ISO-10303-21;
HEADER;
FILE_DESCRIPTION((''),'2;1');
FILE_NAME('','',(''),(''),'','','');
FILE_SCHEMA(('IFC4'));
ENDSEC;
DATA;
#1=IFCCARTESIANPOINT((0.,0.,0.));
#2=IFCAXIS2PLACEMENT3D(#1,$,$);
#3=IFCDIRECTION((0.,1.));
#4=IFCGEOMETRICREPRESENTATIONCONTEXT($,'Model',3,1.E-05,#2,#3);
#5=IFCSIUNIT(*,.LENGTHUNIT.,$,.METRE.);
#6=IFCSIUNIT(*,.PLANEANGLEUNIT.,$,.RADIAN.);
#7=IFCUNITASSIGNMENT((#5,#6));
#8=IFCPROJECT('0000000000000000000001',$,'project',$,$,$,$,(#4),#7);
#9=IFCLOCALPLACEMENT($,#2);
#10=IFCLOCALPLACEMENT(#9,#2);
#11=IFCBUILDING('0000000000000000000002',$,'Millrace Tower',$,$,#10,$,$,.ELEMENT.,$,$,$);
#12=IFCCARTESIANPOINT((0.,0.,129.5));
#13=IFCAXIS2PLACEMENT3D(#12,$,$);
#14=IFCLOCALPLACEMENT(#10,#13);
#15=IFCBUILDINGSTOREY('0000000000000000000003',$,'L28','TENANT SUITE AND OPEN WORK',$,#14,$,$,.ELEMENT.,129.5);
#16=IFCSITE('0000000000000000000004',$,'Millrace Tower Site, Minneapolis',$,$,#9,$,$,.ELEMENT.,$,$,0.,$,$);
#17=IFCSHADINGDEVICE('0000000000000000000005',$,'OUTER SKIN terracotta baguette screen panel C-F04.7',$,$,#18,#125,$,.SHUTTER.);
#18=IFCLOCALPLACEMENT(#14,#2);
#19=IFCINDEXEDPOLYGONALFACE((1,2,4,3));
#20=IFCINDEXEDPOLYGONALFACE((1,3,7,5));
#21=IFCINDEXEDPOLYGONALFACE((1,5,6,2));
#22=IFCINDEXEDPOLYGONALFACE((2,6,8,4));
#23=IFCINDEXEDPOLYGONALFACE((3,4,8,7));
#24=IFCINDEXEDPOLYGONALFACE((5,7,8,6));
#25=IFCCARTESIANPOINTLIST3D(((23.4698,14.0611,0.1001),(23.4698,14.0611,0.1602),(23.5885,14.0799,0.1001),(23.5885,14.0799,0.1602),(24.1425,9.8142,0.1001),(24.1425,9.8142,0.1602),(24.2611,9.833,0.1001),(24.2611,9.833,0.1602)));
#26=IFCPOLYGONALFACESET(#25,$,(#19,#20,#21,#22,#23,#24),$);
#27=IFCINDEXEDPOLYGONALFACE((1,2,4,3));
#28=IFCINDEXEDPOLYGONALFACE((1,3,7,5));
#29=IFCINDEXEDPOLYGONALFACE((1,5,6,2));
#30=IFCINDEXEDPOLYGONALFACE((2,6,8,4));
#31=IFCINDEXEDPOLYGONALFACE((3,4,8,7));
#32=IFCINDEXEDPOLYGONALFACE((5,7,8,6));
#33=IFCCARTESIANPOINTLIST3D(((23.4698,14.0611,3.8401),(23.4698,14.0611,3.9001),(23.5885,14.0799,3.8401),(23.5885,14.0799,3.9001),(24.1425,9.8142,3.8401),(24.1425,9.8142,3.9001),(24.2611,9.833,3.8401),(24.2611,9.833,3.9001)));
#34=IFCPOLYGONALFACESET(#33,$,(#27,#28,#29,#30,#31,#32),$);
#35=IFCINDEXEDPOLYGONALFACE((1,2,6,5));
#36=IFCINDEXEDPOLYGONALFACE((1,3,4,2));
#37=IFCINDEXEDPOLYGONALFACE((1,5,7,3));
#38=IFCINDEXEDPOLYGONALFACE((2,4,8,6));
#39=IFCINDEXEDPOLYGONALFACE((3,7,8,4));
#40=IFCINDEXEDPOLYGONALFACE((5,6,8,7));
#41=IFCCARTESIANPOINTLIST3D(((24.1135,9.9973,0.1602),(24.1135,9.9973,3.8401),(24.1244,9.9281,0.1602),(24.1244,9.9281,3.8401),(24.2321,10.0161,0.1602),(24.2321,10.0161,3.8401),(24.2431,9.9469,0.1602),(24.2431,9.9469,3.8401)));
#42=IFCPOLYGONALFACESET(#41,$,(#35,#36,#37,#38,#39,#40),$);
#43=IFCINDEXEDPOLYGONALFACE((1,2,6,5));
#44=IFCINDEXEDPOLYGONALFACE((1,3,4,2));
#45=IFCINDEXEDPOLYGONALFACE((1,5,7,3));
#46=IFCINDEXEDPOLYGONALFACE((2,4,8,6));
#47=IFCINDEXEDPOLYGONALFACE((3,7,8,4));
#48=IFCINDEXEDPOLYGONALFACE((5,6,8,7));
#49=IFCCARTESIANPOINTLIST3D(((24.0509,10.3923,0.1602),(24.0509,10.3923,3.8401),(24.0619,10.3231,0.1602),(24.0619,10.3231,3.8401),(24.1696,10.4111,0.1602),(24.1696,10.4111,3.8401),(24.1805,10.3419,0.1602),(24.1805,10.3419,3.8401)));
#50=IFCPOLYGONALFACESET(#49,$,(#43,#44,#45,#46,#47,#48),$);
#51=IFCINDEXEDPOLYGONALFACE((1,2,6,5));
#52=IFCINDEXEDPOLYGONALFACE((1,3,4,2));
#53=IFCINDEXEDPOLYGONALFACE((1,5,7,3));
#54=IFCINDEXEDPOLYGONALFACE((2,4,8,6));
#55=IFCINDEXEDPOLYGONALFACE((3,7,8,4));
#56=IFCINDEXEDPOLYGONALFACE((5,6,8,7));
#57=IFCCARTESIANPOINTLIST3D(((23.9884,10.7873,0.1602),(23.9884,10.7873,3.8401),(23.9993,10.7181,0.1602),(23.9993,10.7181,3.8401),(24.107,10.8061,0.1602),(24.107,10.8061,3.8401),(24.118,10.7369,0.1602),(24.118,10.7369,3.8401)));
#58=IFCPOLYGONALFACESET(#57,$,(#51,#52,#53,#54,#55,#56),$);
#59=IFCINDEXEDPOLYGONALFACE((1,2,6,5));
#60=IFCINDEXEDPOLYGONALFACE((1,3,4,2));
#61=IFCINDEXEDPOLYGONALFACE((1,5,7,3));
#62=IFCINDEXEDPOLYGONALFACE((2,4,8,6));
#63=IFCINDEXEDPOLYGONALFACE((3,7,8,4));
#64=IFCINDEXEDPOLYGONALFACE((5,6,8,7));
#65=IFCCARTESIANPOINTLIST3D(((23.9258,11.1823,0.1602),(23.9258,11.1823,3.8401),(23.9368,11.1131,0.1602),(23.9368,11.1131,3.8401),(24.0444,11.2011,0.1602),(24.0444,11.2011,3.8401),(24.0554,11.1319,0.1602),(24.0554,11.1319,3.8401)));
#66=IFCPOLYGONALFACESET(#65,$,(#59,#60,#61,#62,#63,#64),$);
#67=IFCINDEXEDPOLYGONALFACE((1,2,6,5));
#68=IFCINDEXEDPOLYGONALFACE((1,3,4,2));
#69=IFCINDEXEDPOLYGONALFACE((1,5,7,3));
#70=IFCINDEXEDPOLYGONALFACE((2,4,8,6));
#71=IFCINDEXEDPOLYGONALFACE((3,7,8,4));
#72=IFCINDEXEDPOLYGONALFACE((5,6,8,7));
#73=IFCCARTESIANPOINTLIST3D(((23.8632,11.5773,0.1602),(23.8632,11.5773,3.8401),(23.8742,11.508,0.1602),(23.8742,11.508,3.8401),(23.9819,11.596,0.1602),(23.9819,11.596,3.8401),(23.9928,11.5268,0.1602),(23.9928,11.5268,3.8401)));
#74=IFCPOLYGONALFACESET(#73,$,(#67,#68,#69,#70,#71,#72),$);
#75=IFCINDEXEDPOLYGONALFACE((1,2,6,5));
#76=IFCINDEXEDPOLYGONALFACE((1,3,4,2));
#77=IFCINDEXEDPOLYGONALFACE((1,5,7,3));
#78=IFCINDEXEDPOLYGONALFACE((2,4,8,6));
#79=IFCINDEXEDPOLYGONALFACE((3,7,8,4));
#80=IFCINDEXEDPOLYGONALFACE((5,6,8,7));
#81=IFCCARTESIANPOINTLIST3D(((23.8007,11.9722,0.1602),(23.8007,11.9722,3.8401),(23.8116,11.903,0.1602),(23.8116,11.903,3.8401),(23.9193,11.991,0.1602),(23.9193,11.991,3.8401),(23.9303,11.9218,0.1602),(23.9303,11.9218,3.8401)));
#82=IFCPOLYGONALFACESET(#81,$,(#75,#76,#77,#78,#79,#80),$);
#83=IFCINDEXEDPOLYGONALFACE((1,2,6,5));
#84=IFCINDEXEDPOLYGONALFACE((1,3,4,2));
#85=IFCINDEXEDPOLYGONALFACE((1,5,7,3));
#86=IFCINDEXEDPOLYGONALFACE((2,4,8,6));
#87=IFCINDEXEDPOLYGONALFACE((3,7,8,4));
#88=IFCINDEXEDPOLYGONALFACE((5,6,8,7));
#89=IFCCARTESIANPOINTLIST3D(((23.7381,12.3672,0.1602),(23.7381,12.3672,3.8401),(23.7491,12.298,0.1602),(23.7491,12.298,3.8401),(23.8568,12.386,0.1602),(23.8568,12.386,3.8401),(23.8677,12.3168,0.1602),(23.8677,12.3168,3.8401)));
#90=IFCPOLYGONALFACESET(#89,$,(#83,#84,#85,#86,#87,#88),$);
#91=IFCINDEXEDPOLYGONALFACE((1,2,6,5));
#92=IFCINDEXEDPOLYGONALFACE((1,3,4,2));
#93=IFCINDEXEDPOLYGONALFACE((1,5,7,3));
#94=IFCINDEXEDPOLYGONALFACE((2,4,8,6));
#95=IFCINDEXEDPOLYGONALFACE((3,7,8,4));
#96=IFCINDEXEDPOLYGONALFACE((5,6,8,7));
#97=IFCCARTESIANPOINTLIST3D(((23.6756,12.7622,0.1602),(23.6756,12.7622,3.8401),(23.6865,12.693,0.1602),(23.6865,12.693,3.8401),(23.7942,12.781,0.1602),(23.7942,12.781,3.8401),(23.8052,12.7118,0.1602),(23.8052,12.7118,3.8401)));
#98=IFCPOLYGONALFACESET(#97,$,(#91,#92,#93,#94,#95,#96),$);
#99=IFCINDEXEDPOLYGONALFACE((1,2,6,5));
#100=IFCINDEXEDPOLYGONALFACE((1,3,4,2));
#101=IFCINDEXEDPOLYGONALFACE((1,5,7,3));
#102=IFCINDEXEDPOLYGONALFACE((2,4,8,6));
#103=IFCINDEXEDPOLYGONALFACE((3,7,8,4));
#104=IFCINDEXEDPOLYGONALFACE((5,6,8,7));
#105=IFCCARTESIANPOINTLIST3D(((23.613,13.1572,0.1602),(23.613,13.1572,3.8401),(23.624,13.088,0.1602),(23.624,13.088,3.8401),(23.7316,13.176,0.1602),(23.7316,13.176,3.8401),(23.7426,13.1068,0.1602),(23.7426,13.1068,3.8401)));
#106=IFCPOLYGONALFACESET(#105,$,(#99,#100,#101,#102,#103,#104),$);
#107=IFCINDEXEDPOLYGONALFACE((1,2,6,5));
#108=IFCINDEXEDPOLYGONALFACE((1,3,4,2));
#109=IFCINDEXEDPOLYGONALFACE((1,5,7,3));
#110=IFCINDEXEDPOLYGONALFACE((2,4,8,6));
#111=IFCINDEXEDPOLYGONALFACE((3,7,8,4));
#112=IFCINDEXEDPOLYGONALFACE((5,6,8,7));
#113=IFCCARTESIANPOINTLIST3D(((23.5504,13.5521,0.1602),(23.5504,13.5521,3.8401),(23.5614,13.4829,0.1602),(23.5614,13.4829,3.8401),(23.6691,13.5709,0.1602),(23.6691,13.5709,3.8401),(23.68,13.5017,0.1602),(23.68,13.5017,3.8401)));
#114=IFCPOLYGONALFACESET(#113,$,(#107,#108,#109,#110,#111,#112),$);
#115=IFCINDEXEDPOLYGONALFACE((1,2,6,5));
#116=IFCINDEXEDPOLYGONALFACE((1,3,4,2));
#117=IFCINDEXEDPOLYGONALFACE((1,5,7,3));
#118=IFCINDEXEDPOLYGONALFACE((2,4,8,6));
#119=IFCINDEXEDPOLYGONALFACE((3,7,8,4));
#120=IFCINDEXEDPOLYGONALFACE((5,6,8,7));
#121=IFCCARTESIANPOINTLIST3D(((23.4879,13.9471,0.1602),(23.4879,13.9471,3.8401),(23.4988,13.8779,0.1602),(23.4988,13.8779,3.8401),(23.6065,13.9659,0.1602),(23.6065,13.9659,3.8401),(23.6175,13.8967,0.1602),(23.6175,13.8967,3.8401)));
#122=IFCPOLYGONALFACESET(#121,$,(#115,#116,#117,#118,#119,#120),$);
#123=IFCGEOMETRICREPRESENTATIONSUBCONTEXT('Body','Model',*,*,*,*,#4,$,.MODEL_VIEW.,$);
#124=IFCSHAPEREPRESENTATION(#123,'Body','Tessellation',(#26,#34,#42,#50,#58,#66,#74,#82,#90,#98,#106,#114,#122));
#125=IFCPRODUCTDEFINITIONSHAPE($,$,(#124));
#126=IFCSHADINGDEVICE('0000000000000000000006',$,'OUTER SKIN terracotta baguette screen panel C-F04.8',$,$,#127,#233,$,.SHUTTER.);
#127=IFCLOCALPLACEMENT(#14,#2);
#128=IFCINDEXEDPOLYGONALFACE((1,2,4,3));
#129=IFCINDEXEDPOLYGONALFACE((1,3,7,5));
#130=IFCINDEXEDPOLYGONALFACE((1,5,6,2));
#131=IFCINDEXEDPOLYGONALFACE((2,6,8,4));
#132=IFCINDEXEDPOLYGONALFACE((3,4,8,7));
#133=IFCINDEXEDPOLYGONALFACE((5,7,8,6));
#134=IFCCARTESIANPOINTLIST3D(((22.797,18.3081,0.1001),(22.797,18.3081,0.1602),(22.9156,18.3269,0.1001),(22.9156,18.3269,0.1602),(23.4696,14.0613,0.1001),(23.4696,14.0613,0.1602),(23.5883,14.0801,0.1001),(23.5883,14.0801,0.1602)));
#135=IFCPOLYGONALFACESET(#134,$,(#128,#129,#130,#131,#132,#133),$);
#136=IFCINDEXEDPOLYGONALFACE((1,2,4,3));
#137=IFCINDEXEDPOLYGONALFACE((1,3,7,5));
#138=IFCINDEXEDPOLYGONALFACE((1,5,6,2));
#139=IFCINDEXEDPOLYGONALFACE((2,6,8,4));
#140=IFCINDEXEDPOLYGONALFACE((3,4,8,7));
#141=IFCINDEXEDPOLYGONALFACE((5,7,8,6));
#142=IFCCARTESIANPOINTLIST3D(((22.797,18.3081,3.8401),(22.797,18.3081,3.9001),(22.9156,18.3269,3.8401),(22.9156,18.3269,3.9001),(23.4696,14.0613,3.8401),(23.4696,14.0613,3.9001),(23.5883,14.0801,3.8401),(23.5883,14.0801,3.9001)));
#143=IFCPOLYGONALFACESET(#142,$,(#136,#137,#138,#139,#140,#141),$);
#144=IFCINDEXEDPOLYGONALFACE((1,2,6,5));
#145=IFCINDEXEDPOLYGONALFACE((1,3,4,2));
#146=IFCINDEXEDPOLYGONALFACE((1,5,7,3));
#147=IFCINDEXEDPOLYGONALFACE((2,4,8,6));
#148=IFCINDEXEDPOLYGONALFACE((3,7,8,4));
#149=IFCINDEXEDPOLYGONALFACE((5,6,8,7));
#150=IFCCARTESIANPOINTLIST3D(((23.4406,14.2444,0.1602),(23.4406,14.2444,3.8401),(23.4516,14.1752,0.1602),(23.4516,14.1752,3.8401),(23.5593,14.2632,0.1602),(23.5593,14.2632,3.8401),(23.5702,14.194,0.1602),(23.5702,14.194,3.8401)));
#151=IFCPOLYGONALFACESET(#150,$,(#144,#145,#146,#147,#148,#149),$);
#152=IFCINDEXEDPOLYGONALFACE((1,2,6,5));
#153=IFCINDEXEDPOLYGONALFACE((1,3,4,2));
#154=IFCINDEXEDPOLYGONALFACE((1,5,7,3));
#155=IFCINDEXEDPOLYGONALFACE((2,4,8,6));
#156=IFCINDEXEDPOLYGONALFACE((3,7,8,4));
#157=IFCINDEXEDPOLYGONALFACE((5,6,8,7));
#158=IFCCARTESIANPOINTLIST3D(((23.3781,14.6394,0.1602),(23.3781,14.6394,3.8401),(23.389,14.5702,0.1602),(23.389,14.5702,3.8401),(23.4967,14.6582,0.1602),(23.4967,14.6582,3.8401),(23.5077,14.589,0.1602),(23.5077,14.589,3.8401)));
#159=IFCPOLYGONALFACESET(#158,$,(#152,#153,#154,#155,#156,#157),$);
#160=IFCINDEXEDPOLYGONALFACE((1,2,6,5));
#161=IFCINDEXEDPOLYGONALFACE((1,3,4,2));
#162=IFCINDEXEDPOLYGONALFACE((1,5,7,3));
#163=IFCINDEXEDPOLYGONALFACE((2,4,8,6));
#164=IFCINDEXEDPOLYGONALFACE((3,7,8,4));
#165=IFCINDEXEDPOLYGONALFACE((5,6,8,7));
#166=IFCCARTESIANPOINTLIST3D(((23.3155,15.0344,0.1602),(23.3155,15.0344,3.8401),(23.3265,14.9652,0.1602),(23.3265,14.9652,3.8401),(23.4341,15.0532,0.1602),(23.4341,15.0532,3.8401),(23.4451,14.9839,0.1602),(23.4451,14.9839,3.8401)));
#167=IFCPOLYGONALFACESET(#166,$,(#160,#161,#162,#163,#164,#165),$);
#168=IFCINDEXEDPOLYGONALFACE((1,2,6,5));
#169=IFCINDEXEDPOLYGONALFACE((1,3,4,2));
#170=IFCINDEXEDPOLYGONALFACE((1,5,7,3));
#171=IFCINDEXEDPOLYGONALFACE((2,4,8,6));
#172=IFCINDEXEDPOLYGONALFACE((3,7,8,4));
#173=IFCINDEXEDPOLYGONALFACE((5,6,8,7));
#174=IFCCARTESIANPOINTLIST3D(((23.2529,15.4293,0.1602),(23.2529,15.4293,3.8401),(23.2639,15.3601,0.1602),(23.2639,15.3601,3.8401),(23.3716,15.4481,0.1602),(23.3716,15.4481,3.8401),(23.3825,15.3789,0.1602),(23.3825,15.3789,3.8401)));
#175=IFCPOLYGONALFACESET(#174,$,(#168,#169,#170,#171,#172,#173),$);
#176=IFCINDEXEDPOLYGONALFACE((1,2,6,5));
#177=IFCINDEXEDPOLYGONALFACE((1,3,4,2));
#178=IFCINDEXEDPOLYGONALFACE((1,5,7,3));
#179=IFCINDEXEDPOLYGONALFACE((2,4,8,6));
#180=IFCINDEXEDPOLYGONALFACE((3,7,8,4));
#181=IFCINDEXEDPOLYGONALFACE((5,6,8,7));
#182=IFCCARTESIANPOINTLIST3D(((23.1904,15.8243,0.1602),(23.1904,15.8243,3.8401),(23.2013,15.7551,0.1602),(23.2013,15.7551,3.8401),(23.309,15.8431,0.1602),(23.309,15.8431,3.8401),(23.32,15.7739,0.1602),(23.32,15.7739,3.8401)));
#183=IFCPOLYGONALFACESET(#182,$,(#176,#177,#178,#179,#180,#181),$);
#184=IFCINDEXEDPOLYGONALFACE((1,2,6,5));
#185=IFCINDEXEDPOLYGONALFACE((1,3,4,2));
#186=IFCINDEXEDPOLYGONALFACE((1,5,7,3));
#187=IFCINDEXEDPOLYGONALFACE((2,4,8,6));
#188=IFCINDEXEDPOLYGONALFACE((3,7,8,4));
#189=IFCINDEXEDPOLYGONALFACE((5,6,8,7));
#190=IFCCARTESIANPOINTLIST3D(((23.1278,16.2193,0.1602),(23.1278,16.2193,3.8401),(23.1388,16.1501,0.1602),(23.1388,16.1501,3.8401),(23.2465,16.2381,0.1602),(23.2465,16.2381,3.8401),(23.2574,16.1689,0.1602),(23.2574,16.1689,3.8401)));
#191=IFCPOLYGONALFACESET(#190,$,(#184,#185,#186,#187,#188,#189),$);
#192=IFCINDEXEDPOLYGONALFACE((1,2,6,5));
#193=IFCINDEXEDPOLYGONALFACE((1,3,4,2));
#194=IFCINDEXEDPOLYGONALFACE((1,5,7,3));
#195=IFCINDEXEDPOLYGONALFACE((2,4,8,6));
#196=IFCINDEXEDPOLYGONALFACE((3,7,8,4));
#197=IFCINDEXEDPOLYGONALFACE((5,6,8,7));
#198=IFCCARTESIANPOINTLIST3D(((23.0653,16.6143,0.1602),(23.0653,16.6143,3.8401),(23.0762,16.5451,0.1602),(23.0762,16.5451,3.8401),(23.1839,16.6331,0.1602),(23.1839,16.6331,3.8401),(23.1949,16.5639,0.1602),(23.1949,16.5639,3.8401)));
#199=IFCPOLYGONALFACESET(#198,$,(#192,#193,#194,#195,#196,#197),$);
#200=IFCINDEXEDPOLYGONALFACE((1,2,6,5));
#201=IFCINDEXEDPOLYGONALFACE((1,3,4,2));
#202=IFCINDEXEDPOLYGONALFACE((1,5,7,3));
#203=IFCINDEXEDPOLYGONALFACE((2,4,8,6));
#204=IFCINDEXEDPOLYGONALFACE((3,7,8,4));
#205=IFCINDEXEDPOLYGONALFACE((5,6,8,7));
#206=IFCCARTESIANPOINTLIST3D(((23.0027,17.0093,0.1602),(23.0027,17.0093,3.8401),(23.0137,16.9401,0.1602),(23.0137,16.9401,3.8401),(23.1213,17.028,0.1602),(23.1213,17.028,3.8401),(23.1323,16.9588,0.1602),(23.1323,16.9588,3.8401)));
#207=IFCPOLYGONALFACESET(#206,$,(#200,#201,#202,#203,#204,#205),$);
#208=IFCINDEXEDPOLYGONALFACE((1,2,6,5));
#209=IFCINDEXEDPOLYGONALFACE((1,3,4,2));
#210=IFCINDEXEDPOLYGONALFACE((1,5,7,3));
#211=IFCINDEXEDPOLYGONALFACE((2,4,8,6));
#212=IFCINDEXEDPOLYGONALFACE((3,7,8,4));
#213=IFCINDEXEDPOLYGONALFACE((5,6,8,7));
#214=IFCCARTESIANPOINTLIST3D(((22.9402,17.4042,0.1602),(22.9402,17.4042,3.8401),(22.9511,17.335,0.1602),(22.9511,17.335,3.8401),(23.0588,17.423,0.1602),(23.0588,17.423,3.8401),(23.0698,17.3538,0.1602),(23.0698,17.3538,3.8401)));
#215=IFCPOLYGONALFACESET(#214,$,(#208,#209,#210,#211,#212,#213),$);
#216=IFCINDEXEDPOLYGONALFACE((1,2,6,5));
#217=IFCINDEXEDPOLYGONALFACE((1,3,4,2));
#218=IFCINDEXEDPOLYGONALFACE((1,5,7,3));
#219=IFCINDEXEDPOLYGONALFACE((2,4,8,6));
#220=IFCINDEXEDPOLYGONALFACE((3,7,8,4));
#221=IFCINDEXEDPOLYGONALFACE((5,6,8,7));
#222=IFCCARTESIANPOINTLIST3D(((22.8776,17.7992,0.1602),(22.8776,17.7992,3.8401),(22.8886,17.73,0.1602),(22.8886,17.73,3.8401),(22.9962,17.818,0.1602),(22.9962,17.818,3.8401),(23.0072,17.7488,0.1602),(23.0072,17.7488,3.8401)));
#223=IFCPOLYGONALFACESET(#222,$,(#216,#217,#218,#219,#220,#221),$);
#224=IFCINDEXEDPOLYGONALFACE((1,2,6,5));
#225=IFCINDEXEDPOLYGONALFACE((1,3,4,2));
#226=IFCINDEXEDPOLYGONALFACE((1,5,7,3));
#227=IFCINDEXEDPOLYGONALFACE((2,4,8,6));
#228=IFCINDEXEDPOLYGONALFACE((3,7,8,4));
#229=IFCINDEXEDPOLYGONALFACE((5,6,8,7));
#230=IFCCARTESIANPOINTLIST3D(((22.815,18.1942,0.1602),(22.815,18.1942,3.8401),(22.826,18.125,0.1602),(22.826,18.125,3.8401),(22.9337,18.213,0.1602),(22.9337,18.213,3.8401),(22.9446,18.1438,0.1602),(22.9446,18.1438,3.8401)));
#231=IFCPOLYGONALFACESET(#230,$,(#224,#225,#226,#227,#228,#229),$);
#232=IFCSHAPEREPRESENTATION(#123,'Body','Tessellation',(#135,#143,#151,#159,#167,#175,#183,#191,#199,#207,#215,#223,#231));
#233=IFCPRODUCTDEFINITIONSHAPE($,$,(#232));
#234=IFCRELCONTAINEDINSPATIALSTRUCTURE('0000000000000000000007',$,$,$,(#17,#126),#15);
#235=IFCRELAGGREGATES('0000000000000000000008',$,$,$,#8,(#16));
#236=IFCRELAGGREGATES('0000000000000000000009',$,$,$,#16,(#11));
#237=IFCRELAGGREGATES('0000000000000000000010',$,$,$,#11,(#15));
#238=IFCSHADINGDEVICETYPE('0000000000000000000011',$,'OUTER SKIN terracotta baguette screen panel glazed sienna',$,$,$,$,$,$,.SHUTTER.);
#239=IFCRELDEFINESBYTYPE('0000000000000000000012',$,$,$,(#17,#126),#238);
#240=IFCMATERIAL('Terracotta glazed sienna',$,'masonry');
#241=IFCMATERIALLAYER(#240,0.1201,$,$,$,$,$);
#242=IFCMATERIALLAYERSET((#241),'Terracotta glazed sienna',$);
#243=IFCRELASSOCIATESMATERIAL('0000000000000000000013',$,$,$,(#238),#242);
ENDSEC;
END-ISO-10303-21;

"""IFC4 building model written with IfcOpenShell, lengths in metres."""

from ifc_helpers import new_model, entity, si_unit, direction, frame, frame_2d, origin, origin_2d, place, context, subcontext, project, spatial, rectangle, extrude, source, transform, mapped, material, layer, layer_set, type_object, element, save


model = new_model("IFC4")

# Units and contexts
model_context = context("Model", 3, precision=1e-05, world=origin(), true_north=direction((0.0, 1.0)))
body_context = subcontext(model_context, "Body", "Model", "MODEL_VIEW")
ifc_project = project(units=[si_unit("LENGTHUNIT", "METRE"), si_unit("PLANEANGLEUNIT", "RADIAN")], contexts=[model_context])

# Site, building, storey
site_placement = place(None, origin())
site = spatial("IfcSite", under=ifc_project, at=site_placement, Name="Millrace Tower Site, Minneapolis", CompositionType="ELEMENT", RefElevation=0.0)
building_placement = place(site_placement, origin())
building = spatial("IfcBuilding", under=site, at=building_placement, Name="Millrace Tower", CompositionType="ELEMENT")
storey_placement = place(building_placement, frame((0.0, 0.0, 129.5)))
storey = spatial("IfcBuildingStorey", under=building, at=storey_placement, Name="L28", Description="TENANT SUITE AND OPEN WORK", CompositionType="ELEMENT", Elevation=129.5)

# Shading devices
ifc_material_1 = material(Name="Terracotta glazed sienna", Category="masonry")
ifc_layer_1 = layer(ifc_material_1, 0.1201)
ifc_layer_set_1 = layer_set([ifc_layer_1], Name="Terracotta glazed sienna")
shading_device_type = type_object("IfcShadingDeviceType", Name="OUTER SKIN terracotta baguette screen panel glazed sienna", PredefinedType="SHUTTER", material=ifc_layer_set_1)
cartesian_point_1 = entity("IfcCartesianPoint", [-2.1499, 0.0601])
shared_polyline_1 = entity("IfcPolyline", [cartesian_point_1, entity("IfcCartesianPoint", [2.1499, 0.0601]), entity("IfcCartesianPoint", [2.1499, -0.0601]), entity("IfcCartesianPoint", [-2.1499, -0.0601]), cartesian_point_1])
shared_shape_1 = source(origin(), body_context, "Body", "SweptSolid", [
    entity("IfcExtrudedAreaSolid", entity("IfcArbitraryClosedProfileDef", "AREA", None, shared_polyline_1), entity("IfcAxis2Placement3D", entity("IfcCartesianPoint", [0.0, 0.0, 0.0])), entity("IfcDirection", [0.0, 0.0, 1.0]), 0.0601),
    entity("IfcExtrudedAreaSolid", entity("IfcArbitraryClosedProfileDef", "AREA", None, shared_polyline_1), entity("IfcAxis2Placement3D", entity("IfcCartesianPoint", [0.0, 0.0, 3.74])), entity("IfcDirection", [0.0, 0.0, 1.0]), 0.0601),
    extrude(rectangle(XDim=0.0701, YDim=0.1201, at=frame_2d((-1.9995, 0.0))), frame((0.0, 0.0, 0.0601)), (0.0, 0.0, 1.0), 3.6799),
    extrude(rectangle(XDim=0.0701, YDim=0.1201, at=frame_2d((-1.5996, 0.0))), frame((0.0, 0.0, 0.0601)), (0.0, 0.0, 1.0), 3.6799),
    extrude(rectangle(XDim=0.0701, YDim=0.1201, at=frame_2d((-1.1997, 0.0))), frame((0.0, 0.0, 0.0601)), (0.0, 0.0, 1.0), 3.6799),
    extrude(rectangle(XDim=0.0701, YDim=0.1201, at=frame_2d((-0.7998, 0.0))), frame((0.0, 0.0, 0.0601)), (0.0, 0.0, 1.0), 3.6799),
    extrude(rectangle(XDim=0.0701, YDim=0.1201, at=frame_2d((-0.3999, 0.0))), frame((0.0, 0.0, 0.0601)), (0.0, 0.0, 1.0), 3.6799),
    extrude(rectangle(XDim=0.0701, YDim=0.1201, at=origin_2d()), frame((0.0, 0.0, 0.0601)), (0.0, 0.0, 1.0), 3.6799),
    extrude(rectangle(XDim=0.0701, YDim=0.1201, at=frame_2d((0.3999, 0.0))), frame((0.0, 0.0, 0.0601)), (0.0, 0.0, 1.0), 3.6799),
    extrude(rectangle(XDim=0.0701, YDim=0.1201, at=frame_2d((0.7998, 0.0))), frame((0.0, 0.0, 0.0601)), (0.0, 0.0, 1.0), 3.6799),
    extrude(rectangle(XDim=0.0701, YDim=0.1201, at=frame_2d((1.1997, 0.0))), frame((0.0, 0.0, 0.0601)), (0.0, 0.0, 1.0), 3.6799),
    extrude(rectangle(XDim=0.0701, YDim=0.1201, at=frame_2d((1.5996, 0.0))), frame((0.0, 0.0, 0.0601)), (0.0, 0.0, 1.0), 3.6799),
    extrude(rectangle(XDim=0.0701, YDim=0.1201, at=frame_2d((1.9995, 0.0))), frame((0.0, 0.0, 0.0601)), (0.0, 0.0, 1.0), 3.6799),
])
for number, where, z_axis, x_axis, name in (
    (1, (23.8655, 11.947, 0.1001), (0.0, 0.0, 1.0), (-0.156434, 0.987688, 0.0), "OUTER SKIN terracotta baguette screen panel C-F04.7"),
    (2, (23.1926, 16.1941, 0.1001), (0.0, 0.0, 1.0), (-0.156434, 0.987688, 0.0), "OUTER SKIN terracotta baguette screen panel C-F04.8"),
):
    element("IfcShadingDevice", number, at=place(storey_placement, frame(where, z_axis=z_axis, x_axis=x_axis)), inside=storey, type_object=shading_device_type, Name=name, PredefinedType="SHUTTER", context=body_context, shape_type="MappedRepresentation", body=[
        mapped(shared_shape_1, transform((0.0, 0.0, 0.0), scale=1.0)),
    ])

save(model, "model.ifc")
